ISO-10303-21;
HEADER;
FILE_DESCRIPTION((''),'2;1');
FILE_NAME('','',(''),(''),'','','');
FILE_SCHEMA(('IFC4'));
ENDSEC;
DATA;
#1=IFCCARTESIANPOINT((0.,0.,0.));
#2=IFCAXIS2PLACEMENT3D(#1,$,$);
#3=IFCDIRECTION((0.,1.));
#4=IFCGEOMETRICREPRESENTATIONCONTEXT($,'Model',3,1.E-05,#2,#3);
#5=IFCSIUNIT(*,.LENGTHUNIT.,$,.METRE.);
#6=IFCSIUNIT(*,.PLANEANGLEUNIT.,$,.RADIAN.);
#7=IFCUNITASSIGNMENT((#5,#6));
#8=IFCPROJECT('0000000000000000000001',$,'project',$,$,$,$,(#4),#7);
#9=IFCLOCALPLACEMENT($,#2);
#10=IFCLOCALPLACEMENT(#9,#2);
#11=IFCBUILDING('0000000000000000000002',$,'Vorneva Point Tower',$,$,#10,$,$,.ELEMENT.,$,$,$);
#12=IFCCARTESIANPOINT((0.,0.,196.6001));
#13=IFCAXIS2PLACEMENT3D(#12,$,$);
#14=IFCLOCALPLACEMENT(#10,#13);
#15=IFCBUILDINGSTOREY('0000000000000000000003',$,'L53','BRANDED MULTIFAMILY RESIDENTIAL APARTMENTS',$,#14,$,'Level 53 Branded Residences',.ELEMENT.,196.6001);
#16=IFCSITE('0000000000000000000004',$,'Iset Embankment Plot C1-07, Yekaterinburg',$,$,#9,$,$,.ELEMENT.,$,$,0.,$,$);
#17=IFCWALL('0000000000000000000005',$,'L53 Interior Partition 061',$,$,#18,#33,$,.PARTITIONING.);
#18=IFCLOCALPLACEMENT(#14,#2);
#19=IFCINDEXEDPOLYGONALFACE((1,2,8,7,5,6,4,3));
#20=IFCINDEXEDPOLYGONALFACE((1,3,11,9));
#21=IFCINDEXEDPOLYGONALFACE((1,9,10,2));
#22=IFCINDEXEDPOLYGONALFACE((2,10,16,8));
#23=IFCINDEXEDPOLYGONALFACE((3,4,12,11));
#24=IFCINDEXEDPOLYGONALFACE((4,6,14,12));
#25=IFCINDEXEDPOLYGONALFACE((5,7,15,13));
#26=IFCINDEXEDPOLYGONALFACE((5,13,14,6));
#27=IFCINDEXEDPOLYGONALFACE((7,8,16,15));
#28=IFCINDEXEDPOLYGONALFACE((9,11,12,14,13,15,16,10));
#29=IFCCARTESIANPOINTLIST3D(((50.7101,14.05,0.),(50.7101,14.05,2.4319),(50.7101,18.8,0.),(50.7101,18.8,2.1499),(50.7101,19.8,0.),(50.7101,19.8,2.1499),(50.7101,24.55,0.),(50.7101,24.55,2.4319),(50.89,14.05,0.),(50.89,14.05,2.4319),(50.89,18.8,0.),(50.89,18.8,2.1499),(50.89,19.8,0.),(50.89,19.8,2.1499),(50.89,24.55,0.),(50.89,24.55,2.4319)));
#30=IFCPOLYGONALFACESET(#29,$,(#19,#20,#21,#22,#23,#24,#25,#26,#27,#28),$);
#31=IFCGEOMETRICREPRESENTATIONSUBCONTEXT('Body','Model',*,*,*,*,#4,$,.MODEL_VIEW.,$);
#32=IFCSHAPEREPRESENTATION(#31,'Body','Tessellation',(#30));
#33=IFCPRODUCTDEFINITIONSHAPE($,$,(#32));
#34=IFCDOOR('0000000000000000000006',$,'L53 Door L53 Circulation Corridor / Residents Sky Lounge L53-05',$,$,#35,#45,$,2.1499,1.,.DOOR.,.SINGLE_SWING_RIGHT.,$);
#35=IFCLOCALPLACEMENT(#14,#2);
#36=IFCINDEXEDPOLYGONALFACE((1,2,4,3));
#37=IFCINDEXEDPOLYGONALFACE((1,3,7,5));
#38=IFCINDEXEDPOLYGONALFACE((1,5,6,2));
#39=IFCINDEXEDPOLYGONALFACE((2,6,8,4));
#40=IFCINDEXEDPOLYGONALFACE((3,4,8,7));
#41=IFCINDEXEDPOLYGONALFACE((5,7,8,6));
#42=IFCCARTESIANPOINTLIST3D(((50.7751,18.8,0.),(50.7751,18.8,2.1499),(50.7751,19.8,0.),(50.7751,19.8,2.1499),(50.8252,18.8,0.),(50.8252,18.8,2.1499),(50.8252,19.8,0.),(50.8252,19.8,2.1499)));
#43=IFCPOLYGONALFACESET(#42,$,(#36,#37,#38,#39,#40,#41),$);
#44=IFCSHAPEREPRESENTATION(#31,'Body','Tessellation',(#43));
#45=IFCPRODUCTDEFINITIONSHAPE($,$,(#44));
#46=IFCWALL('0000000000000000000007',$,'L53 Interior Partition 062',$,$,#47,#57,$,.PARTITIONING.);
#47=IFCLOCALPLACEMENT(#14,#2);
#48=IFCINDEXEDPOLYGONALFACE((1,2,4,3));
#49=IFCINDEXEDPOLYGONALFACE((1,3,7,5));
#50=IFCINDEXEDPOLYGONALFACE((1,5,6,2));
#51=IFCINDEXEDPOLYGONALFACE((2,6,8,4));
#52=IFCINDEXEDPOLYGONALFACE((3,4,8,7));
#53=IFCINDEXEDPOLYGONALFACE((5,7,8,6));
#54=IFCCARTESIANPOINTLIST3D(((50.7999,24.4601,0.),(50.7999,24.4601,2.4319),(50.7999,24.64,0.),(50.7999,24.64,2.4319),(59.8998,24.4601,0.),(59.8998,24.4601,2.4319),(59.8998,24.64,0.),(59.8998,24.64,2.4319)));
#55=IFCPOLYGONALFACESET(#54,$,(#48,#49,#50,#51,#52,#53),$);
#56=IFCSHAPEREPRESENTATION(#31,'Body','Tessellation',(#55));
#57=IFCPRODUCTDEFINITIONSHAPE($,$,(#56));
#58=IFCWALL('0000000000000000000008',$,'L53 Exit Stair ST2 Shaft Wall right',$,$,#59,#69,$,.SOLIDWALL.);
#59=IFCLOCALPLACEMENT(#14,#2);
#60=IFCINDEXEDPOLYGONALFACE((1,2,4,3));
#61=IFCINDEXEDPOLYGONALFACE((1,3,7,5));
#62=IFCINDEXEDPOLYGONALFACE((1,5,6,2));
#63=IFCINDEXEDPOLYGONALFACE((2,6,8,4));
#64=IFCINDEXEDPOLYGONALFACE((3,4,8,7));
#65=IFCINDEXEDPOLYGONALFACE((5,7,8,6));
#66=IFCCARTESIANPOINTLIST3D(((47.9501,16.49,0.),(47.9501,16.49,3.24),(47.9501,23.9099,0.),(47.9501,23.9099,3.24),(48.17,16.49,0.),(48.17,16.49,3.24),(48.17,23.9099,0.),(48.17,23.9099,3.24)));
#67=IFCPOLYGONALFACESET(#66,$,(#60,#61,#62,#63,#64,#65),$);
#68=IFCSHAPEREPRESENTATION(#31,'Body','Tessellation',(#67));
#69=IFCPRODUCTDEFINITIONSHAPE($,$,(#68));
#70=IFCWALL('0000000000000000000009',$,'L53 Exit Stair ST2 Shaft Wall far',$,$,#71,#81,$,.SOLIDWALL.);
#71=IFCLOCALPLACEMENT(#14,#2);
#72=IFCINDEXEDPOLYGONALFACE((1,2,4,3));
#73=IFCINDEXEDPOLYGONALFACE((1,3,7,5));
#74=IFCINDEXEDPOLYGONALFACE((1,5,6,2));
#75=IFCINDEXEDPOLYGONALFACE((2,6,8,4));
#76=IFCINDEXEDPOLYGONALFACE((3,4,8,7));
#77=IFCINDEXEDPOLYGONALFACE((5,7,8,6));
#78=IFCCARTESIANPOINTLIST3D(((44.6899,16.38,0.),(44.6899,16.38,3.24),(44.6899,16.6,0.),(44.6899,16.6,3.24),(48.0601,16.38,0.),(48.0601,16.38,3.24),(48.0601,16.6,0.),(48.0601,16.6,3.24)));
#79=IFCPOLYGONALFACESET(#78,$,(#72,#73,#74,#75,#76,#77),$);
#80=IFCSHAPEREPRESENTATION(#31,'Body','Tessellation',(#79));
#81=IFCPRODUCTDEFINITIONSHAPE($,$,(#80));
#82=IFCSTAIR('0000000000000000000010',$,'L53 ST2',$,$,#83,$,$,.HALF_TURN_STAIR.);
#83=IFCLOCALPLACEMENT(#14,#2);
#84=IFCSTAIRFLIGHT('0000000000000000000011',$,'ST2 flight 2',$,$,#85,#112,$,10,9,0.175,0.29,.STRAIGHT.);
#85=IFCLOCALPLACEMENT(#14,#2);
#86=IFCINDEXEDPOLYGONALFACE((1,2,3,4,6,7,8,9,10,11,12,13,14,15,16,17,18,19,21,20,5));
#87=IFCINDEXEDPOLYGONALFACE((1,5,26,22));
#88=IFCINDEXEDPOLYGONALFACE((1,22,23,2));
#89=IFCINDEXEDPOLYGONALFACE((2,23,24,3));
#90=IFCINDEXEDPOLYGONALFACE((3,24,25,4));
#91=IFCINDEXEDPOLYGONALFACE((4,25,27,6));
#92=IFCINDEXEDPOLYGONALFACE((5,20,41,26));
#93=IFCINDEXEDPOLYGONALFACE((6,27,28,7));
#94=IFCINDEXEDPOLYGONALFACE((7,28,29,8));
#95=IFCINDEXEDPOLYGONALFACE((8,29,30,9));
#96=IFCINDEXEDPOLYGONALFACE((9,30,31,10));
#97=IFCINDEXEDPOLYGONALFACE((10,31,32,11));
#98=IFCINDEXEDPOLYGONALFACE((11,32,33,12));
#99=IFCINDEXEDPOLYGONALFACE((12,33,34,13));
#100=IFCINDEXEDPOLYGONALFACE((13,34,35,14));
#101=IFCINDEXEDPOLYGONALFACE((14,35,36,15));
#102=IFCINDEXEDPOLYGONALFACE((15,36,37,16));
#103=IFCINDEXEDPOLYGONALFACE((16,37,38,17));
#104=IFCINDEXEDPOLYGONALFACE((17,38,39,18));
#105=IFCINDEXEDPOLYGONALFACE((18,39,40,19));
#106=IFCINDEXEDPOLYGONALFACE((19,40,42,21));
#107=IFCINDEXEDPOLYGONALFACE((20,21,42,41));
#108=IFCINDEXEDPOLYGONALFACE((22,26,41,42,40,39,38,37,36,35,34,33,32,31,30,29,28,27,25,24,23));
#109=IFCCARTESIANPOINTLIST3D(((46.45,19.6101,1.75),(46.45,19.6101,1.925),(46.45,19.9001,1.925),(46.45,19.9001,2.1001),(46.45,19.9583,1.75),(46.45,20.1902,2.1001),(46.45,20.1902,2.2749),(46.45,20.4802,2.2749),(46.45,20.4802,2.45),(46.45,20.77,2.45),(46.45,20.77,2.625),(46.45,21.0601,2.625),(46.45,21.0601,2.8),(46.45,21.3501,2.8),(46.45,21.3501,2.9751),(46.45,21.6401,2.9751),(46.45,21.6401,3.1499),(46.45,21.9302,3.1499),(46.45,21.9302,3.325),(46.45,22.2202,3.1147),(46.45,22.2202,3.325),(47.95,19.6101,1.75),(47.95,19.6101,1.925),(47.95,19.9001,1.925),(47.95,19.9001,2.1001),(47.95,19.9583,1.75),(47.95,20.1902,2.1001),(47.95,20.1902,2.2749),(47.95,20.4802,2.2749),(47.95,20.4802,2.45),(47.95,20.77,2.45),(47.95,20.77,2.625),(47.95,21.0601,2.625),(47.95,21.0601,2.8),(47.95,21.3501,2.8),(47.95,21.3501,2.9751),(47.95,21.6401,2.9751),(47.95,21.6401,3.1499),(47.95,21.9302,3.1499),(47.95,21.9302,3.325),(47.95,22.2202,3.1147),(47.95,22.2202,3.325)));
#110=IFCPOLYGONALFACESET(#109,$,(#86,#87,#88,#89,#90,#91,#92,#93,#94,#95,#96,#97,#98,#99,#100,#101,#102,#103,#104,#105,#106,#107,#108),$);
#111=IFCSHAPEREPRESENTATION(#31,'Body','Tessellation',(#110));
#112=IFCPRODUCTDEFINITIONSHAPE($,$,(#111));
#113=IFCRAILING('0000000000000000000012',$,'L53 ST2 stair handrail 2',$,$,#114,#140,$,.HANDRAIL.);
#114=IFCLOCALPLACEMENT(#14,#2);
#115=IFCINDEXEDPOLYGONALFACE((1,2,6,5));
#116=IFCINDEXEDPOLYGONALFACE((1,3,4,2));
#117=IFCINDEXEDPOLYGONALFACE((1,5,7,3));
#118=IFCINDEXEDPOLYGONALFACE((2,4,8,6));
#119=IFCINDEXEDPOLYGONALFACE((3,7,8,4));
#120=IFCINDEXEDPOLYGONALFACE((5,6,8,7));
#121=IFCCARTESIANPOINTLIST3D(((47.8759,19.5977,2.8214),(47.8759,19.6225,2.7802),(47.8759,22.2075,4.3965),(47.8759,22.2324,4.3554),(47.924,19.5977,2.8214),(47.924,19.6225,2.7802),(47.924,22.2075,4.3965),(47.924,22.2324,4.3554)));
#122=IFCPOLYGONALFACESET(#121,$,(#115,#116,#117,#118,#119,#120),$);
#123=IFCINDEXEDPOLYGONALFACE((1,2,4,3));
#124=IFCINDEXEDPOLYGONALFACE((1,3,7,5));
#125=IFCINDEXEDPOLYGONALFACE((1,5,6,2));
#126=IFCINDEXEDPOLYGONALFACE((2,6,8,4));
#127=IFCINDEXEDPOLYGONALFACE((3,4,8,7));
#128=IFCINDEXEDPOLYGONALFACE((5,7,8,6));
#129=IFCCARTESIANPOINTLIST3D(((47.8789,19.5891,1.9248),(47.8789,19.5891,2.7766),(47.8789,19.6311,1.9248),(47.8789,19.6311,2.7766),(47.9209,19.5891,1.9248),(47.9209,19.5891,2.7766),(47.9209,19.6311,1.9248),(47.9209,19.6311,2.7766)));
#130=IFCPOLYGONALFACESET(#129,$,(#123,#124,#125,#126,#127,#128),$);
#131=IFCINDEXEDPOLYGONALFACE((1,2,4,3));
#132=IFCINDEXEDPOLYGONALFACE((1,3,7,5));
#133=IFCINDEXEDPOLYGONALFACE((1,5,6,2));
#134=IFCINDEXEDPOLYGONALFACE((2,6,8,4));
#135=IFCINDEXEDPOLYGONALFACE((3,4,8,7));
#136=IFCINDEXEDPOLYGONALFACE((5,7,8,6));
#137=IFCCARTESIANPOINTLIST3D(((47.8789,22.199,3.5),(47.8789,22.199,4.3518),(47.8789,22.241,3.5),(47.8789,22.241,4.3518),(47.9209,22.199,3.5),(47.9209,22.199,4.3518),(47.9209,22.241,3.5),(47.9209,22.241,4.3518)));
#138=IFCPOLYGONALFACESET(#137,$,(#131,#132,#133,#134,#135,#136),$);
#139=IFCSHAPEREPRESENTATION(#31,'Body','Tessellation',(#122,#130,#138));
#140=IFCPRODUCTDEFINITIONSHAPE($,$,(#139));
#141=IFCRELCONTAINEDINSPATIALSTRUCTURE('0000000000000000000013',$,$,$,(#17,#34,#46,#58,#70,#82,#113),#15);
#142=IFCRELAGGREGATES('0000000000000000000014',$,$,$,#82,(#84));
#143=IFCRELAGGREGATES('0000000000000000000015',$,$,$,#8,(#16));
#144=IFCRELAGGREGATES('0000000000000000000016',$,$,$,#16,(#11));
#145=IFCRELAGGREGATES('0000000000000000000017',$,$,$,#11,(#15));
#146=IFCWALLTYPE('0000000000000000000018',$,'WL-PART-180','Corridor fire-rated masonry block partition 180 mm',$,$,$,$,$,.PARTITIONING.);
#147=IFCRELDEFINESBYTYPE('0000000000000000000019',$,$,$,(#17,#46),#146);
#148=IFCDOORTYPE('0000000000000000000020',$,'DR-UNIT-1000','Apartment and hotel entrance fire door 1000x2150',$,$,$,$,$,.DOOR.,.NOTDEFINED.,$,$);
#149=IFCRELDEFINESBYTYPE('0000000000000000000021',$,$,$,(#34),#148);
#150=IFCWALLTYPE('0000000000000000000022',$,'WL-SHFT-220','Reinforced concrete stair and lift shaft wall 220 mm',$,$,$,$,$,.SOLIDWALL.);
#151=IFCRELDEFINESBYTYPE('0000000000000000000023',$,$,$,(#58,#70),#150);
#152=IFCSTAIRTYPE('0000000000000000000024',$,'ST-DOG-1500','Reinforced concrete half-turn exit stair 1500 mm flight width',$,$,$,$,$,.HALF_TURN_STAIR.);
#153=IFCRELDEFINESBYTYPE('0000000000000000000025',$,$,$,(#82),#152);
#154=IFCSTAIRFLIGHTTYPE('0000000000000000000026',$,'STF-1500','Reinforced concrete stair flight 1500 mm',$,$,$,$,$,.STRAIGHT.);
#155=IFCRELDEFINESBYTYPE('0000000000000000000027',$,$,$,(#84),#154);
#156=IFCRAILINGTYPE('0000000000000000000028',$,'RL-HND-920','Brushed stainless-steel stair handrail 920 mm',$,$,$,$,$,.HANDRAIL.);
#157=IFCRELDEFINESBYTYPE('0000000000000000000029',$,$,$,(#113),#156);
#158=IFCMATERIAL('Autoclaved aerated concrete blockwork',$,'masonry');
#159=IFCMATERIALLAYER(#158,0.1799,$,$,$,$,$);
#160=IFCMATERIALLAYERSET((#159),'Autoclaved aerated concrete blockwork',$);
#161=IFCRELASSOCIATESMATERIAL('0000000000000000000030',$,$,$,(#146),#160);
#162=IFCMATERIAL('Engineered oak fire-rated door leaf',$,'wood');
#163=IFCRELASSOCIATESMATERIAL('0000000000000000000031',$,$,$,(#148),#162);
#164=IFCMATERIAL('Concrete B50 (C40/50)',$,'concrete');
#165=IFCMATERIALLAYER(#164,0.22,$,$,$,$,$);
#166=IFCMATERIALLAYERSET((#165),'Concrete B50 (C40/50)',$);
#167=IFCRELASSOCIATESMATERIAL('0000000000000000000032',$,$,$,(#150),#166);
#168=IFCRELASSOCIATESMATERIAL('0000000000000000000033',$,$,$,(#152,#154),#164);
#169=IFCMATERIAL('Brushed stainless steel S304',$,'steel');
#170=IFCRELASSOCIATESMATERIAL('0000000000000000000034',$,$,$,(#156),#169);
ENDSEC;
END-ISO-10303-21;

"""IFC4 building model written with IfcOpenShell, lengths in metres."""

from ifc_helpers import new_model, si_unit, direction, frame, frame_2d, origin, origin_2d, place, context, subcontext, project, spatial, polyline, rectangle, outline, extrude, material, layer, layer_set, type_object, element, fill, aggregate, save


model = new_model("IFC4")

# Units and contexts
model_context = context("Model", 3, precision=1e-05, world=origin(), true_north=direction((0.0, 1.0)))
body_context = subcontext(model_context, "Body", "Model", "MODEL_VIEW")
ifc_project = project(units=[si_unit("LENGTHUNIT", "METRE"), si_unit("PLANEANGLEUNIT", "RADIAN")], contexts=[model_context])

# Site, building, storey
site_placement = place(None, origin())
site = spatial("IfcSite", under=ifc_project, at=site_placement, Name="Iset Embankment Plot C1-07, Yekaterinburg", CompositionType="ELEMENT", RefElevation=0.0)
building_placement = place(site_placement, origin())
building = spatial("IfcBuilding", under=site, at=building_placement, Name="Vorneva Point Tower", CompositionType="ELEMENT")
storey_placement = place(building_placement, frame((0.0, 0.0, 196.6001)))
storey = spatial("IfcBuildingStorey", under=building, at=storey_placement, Name="L53", Description="BRANDED MULTIFAMILY RESIDENTIAL APARTMENTS", LongName="Level 53 Branded Residences", CompositionType="ELEMENT", Elevation=196.6001)

# Shared definitions
ifc_material_1 = material(Name="Concrete B50 (C40/50)", Category="concrete")

# Shared definitions
ifc_material_2 = material(Name="Engineered oak fire-rated door leaf", Category="wood")

# Shared definitions
ifc_material_3 = material(Name="Autoclaved aerated concrete blockwork", Category="masonry")
ifc_layer_1 = layer(ifc_material_3, 0.1799)
ifc_layer_set_1 = layer_set([ifc_layer_1], Name="Autoclaved aerated concrete blockwork")
wall_type_1 = type_object("IfcWallType", Name="WL-PART-180", Description="Corridor fire-rated masonry block partition 180 mm", PredefinedType="PARTITIONING", material=ifc_layer_set_1)

# Wall, opening, door
wall_1_placement = place(storey_placement, frame((50.8, 14.05, 0.0), z_axis=(0.0, 0.0, 1.0), x_axis=(0.0, 1.0, 0.0)))
wall_1 = element("IfcWall", 1, at=wall_1_placement, inside=storey, type_object=wall_type_1, Name="L53 Interior Partition 061", PredefinedType="PARTITIONING", context=body_context, shape_type="SweptSolid", body=[
    extrude(rectangle(XDim=10.5, YDim=0.1799, at=frame_2d((5.25, 0.0))), origin(), (0.0, 0.0, 1.0), 2.4319),
])
opening_1_placement = place(wall_1_placement, frame((4.75, 0.0, 0.0)))
opening_1 = element("IfcOpeningElement", 2, at=opening_1_placement, cuts=wall_1, PredefinedType="OPENING", context=body_context, shape_type="SweptSolid", body=[
    extrude(rectangle(XDim=1.0, YDim=2.1499, at=frame_2d((0.5, 1.075))), frame((0.0, 0.105, 0.0), z_axis=(0.0, -1.0, 0.0), x_axis=(1.0, 0.0, 0.0)), (0.0, 0.0, 1.0), 0.2097),
])
door_type_1 = type_object("IfcDoorType", Name="DR-UNIT-1000", Description="Apartment and hotel entrance fire door 1000x2150", OperationType="NOTDEFINED", PredefinedType="DOOR", material=ifc_material_2)
door_1_placement = place(opening_1_placement, origin())
door_1 = element("IfcDoor", 3, at=door_1_placement, inside=storey, type_object=door_type_1, Name="L53 Door L53 Circulation Corridor / Residents Sky Lounge L53-05", OperationType="SINGLE_SWING_RIGHT", OverallHeight=2.1499, OverallWidth=1.0, PredefinedType="DOOR", context=body_context, shape_type="SweptSolid", body=[
    extrude(rectangle(XDim=1.0, YDim=2.1499, at=frame_2d((0.5, 1.075))), frame((0.0, 0.0249, 0.0), z_axis=(0.0, -1.0, 0.0), x_axis=(1.0, 0.0, 0.0)), (0.0, 0.0, 1.0), 0.05),
])
fill(opening_1, door_1)

# Walls
wall_2_placement = place(storey_placement, frame((50.8, 24.55, 0.0), z_axis=(0.0, 0.0, 1.0), x_axis=(1.0, 0.0, 0.0)))
element("IfcWall", 4, at=wall_2_placement, inside=storey, type_object=wall_type_1, Name="L53 Interior Partition 062", PredefinedType="PARTITIONING", context=body_context, shape_type="SweptSolid", body=[
    extrude(rectangle(XDim=9.0999, YDim=0.1799, at=frame_2d((4.5498, 0.0))), origin(), (0.0, 0.0, 1.0), 2.4319),
])
ifc_layer_2 = layer(ifc_material_1, 0.22)
ifc_layer_set_2 = layer_set([ifc_layer_2], Name="Concrete B50 (C40/50)")
wall_type_2 = type_object("IfcWallType", Name="WL-SHFT-220", Description="Reinforced concrete stair and lift shaft wall 220 mm", PredefinedType="SOLIDWALL", material=ifc_layer_set_2)
wall_3_placement = place(storey_placement, frame((48.0601, 23.9099, 0.0), z_axis=(0.0, 0.0, 1.0), x_axis=(0.0, -1.0, 0.0)))
element("IfcWall", 5, at=wall_3_placement, inside=storey, type_object=wall_type_2, Name="L53 Exit Stair ST2 Shaft Wall right", PredefinedType="SOLIDWALL", context=body_context, shape_type="SweptSolid", body=[
    extrude(rectangle(XDim=7.4199, YDim=0.22, at=frame_2d((3.71, 0.0))), origin(), (0.0, 0.0, 1.0), 3.24),
])
wall_4_placement = place(storey_placement, frame((48.0601, 16.49, 0.0), z_axis=(0.0, 0.0, 1.0), x_axis=(-1.0, 0.0, 0.0)))
element("IfcWall", 6, at=wall_4_placement, inside=storey, type_object=wall_type_2, Name="L53 Exit Stair ST2 Shaft Wall far", PredefinedType="SOLIDWALL", context=body_context, shape_type="SweptSolid", body=[
    extrude(rectangle(XDim=3.3701, YDim=0.22, at=frame_2d((1.6851, 0.0))), origin(), (0.0, 0.0, 1.0), 3.24),
])

# Stair, stair flight
stair_type = type_object("IfcStairType", Name="ST-DOG-1500", Description="Reinforced concrete half-turn exit stair 1500 mm flight width", PredefinedType="HALF_TURN_STAIR", material=ifc_material_1)
stair_placement = place(storey_placement, origin())
stair = element("IfcStair", 7, at=stair_placement, inside=storey, type_object=stair_type, Name="L53 ST2", PredefinedType="HALF_TURN_STAIR")
stair_flight_type = type_object("IfcStairFlightType", Name="STF-1500", Description="Reinforced concrete stair flight 1500 mm", PredefinedType="STRAIGHT", material=ifc_material_1)
stair_flight_placement = place(storey_placement, frame((47.2, 19.6101, 1.75), z_axis=(0.0, 0.0, 1.0), x_axis=(0.0, 1.0, 0.0)))
stair_flight = element("IfcStairFlight", 8, at=stair_flight_placement, type_object=stair_flight_type, Name="ST2 flight 2", NumberOfRisers=10, NumberOfTreads=9, PredefinedType="STRAIGHT", RiserHeight=0.175, TreadLength=0.29, context=body_context, shape_type="SweptSolid", body=[
    extrude(outline(polyline([(0.0, 0.0), (0.0, 0.175), (0.29, 0.175), (0.29, 0.3501), (0.5801, 0.3501), (0.5801, 0.5249), (0.8701, 0.5249), (0.8701, 0.7), (1.1599, 0.7), (1.1599, 0.875), (1.45, 0.875), (1.45, 1.05), (1.74, 1.05), (1.74, 1.2251), (2.03, 1.2251), (2.03, 1.3999), (2.3201, 1.3999), (2.3201, 1.575), (2.6101, 1.575), (2.6101, 1.75), (2.6101, 1.3647), (0.3481, 0.0), (0.0, 0.0)])), frame((0.0, 0.75, 0.0), z_axis=(0.0, -1.0, 0.0), x_axis=(1.0, 0.0, 0.0)), (0.0, 0.0, 1.0), 1.5),
])
aggregate(stair, [stair_flight])

# Railing
ifc_material_4 = material(Name="Brushed stainless steel S304", Category="steel")
railing_type = type_object("IfcRailingType", Name="RL-HND-920", Description="Brushed stainless-steel stair handrail 920 mm", PredefinedType="HANDRAIL", material=ifc_material_4)
railing_placement = place(storey_placement, frame((47.8999, 19.6101, 1.9248)))
element("IfcRailing", 9, at=railing_placement, inside=storey, type_object=railing_type, Name="L53 ST2 stair handrail 2", PredefinedType="HANDRAIL", context=body_context, shape_type="SweptSolid", body=[
    extrude(rectangle(XDim=0.0481, YDim=0.0481, at=origin_2d()), frame((0.0, 0.0, 0.876), z_axis=(0.0, 0.856147, 0.516732), x_axis=(-1.0, 0.0, 0.0)), (0.0, 0.0, 1.0), 3.0483),
    extrude(rectangle(XDim=0.042, YDim=0.042, at=origin_2d()), origin(), (0.0, 0.0, 1.0), 0.8518),
    extrude(rectangle(XDim=0.042, YDim=0.042, at=origin_2d()), frame((0.0, 2.6099, 1.5752)), (0.0, 0.0, 1.0), 0.8518),
])

save(model, "model.ifc")
